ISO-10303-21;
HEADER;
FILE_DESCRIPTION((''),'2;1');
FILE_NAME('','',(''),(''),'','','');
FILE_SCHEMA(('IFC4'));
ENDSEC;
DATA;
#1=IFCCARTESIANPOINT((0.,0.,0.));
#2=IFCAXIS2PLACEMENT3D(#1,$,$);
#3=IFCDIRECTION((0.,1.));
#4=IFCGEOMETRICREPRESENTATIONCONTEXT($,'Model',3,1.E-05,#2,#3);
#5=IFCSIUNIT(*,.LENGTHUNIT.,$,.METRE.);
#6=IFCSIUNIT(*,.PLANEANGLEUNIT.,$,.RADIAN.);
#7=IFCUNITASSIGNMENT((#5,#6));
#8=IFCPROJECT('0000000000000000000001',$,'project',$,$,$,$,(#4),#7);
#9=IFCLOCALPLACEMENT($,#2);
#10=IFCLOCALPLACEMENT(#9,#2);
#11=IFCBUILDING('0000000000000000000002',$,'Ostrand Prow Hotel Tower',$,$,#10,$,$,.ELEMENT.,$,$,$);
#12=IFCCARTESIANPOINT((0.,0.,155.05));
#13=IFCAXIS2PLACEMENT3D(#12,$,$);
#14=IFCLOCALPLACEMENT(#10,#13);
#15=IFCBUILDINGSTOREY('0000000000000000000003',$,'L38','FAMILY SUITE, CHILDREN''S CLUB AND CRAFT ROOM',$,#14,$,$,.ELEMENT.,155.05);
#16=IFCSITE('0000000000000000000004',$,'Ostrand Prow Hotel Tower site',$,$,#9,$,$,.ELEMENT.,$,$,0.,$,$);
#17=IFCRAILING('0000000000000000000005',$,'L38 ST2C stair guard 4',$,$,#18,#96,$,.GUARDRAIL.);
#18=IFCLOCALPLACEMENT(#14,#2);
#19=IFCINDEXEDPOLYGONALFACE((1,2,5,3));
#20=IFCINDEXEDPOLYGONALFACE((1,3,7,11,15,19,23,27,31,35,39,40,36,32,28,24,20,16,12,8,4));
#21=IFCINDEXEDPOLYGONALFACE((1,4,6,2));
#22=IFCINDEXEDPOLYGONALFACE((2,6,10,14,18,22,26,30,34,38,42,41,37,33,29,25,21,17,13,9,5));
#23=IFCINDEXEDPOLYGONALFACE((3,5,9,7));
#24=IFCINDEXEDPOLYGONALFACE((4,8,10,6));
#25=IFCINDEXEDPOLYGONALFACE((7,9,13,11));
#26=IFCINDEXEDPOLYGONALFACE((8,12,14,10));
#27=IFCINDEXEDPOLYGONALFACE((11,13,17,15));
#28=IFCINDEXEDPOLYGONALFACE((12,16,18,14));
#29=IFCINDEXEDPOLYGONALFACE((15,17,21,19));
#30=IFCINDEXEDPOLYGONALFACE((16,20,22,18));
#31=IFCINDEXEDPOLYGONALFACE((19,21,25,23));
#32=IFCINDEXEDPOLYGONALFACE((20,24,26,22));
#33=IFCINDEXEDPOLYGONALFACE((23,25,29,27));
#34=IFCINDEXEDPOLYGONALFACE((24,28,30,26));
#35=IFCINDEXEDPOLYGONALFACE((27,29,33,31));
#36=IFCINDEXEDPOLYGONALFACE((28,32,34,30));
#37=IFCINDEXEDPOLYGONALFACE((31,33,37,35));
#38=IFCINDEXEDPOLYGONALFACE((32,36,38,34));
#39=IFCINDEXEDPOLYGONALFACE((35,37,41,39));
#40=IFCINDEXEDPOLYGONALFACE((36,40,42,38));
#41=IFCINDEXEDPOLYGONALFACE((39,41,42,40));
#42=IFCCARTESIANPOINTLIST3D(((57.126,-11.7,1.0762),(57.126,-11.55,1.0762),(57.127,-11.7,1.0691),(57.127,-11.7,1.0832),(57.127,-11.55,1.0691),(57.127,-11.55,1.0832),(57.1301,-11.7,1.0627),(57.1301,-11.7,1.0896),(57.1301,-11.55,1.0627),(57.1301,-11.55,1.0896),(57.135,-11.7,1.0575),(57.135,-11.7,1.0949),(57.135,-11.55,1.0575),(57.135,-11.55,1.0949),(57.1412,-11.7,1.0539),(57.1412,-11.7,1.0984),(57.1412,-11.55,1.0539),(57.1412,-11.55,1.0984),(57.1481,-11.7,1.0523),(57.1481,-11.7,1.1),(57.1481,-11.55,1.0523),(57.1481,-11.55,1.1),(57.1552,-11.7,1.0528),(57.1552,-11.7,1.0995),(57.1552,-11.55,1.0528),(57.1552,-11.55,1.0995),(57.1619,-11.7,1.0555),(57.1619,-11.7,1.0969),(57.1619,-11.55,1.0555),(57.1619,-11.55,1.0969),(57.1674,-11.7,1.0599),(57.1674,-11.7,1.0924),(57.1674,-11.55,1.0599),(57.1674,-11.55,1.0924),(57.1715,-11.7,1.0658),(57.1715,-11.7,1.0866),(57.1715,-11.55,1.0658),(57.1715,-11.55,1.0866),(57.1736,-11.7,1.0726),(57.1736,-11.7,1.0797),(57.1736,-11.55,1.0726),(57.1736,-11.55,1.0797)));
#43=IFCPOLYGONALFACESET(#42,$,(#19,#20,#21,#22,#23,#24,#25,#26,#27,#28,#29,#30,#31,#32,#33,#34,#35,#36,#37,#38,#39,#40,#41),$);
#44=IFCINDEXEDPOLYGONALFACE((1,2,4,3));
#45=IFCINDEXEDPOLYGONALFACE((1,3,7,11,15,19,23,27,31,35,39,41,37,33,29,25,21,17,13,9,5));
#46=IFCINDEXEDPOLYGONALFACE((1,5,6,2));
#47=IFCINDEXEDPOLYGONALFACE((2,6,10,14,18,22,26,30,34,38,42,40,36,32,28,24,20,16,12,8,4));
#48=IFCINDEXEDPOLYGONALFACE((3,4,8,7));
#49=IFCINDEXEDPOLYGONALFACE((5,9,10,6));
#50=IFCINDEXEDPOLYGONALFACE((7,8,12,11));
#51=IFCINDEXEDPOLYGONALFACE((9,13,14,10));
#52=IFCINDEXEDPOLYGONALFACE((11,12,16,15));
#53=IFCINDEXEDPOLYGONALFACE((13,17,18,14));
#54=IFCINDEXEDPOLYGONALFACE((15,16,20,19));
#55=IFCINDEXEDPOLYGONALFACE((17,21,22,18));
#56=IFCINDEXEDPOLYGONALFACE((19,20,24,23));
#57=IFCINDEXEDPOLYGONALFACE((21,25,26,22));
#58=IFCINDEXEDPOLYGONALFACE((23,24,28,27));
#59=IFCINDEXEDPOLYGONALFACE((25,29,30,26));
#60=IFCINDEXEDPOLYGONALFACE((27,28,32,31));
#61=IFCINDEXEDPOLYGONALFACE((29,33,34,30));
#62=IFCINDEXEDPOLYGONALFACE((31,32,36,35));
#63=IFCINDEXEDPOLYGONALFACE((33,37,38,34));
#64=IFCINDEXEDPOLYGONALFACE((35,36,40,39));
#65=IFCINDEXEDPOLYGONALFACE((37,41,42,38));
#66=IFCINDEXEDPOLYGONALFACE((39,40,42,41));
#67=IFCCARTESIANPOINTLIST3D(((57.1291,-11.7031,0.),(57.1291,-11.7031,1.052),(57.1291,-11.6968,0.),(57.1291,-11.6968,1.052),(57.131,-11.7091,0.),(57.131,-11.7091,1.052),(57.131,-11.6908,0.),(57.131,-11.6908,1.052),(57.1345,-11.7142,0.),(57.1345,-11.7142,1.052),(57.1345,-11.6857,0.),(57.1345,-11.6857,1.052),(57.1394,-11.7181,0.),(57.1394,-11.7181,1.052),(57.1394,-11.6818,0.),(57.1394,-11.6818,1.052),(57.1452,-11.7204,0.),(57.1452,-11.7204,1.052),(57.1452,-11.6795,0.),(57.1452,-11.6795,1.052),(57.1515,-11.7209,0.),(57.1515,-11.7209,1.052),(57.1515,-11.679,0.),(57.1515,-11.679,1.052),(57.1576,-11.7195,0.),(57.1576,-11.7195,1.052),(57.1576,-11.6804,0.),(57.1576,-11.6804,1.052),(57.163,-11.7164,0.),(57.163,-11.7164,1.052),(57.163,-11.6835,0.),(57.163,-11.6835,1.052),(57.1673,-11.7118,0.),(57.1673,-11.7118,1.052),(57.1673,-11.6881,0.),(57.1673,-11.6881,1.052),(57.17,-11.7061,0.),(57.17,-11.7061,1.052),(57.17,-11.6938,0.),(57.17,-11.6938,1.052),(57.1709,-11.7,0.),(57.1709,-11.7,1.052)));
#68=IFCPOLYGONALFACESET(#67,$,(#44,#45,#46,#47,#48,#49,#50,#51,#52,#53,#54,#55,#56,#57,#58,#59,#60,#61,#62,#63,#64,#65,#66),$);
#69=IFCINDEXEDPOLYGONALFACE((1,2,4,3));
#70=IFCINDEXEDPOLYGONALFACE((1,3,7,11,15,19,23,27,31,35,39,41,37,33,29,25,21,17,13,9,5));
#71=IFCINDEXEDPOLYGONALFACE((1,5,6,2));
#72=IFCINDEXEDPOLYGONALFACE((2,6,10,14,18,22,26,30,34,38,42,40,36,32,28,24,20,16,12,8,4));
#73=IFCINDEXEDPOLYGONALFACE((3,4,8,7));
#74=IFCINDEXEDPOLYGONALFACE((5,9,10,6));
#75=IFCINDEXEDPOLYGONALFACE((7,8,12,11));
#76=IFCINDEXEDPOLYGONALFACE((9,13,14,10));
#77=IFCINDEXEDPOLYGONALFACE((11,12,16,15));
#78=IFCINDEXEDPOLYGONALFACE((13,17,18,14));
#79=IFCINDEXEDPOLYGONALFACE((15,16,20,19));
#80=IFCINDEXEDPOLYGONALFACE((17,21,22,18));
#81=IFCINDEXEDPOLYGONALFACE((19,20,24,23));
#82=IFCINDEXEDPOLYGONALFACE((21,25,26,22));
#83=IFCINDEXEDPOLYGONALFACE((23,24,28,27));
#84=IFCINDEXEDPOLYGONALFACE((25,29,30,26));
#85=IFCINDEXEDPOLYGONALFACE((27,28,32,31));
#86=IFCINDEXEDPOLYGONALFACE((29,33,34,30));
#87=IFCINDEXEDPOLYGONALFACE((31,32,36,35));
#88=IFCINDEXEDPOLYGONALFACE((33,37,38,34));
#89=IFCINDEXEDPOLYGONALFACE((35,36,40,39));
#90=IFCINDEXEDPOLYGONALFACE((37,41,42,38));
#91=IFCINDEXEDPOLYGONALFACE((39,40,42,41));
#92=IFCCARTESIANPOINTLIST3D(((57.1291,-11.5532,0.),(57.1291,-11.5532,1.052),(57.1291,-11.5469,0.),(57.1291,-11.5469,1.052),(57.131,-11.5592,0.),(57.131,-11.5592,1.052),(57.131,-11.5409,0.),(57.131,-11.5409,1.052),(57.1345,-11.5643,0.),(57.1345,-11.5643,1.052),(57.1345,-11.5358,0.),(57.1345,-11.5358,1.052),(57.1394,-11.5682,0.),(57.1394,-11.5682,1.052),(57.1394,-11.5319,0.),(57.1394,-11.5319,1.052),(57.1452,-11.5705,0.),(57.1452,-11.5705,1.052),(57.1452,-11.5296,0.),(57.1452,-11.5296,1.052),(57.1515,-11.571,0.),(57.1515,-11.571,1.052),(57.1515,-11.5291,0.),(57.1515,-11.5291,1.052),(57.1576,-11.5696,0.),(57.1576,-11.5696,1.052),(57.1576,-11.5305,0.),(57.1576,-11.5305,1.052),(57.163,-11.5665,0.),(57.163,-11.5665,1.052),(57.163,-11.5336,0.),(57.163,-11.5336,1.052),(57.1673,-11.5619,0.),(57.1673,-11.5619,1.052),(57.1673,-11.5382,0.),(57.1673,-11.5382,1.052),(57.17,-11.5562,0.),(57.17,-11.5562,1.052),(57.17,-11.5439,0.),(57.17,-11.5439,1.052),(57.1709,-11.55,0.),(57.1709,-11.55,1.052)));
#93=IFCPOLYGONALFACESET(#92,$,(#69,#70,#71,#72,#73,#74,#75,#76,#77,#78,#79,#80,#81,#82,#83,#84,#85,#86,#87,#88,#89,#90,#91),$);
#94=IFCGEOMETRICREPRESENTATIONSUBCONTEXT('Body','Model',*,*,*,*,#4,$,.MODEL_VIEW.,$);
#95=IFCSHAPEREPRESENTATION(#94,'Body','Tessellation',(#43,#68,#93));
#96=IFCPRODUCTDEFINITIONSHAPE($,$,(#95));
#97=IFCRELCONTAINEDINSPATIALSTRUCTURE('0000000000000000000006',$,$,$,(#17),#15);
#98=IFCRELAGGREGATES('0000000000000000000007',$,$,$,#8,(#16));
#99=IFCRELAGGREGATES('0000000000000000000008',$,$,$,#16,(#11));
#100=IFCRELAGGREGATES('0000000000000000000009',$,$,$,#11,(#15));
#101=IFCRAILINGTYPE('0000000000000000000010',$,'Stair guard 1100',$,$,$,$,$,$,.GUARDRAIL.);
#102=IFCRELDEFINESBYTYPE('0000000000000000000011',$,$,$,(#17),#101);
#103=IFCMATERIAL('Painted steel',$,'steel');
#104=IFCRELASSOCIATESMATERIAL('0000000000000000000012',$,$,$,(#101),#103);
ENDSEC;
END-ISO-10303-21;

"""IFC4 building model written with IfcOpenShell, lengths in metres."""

from ifc_helpers import new_model, si_unit, direction, frame, origin, origin_2d, place, context, subcontext, project, spatial, circle, extrude, material, type_object, element, save


model = new_model("IFC4")

# Units and contexts
model_context = context("Model", 3, precision=1e-05, world=origin(), true_north=direction((0.0, 1.0)))
body_context = subcontext(model_context, "Body", "Model", "MODEL_VIEW")
ifc_project = project(units=[si_unit("LENGTHUNIT", "METRE"), si_unit("PLANEANGLEUNIT", "RADIAN")], contexts=[model_context])

# Site, building, storey
site_placement = place(None, origin())
site = spatial("IfcSite", under=ifc_project, at=site_placement, Name="Ostrand Prow Hotel Tower site", CompositionType="ELEMENT", RefElevation=0.0)
building_placement = place(site_placement, origin())
building = spatial("IfcBuilding", under=site, at=building_placement, Name="Ostrand Prow Hotel Tower", CompositionType="ELEMENT")
storey_placement = place(building_placement, frame((0.0, 0.0, 155.05)))
storey = spatial("IfcBuildingStorey", under=building, at=storey_placement, Name="L38", Description="FAMILY SUITE, CHILDREN'S CLUB AND CRAFT ROOM", CompositionType="ELEMENT", Elevation=155.05)

# Railing
ifc_material_1 = material(Name="Painted steel", Category="steel")
railing_type_1 = type_object("IfcRailingType", Name="Stair guard 1100", PredefinedType="GUARDRAIL", material=ifc_material_1)
railing_1_placement = place(storey_placement, frame((57.1499, -11.7, 0.0)))
element("IfcRailing", 1, at=railing_1_placement, inside=storey, type_object=railing_type_1, Name="L38 ST2C stair guard 4", PredefinedType="GUARDRAIL", context=body_context, shape_type="SweptSolid", body=[
    extrude(circle(Radius=0.0239, at=origin_2d()), frame((0.0, 0.0, 1.0762), z_axis=(0.0, 1.0, 0.0), x_axis=(-1.0, 0.0, 0.0)), (0.0, 0.0, 1.0), 0.1499),
    extrude(circle(Radius=0.021, at=origin_2d()), origin(), (0.0, 0.0, 1.0), 1.052),
    extrude(circle(Radius=0.021, at=origin_2d()), frame((0.0, 0.1499, 0.0)), (0.0, 0.0, 1.0), 1.052),
])

save(model, "model.ifc")
